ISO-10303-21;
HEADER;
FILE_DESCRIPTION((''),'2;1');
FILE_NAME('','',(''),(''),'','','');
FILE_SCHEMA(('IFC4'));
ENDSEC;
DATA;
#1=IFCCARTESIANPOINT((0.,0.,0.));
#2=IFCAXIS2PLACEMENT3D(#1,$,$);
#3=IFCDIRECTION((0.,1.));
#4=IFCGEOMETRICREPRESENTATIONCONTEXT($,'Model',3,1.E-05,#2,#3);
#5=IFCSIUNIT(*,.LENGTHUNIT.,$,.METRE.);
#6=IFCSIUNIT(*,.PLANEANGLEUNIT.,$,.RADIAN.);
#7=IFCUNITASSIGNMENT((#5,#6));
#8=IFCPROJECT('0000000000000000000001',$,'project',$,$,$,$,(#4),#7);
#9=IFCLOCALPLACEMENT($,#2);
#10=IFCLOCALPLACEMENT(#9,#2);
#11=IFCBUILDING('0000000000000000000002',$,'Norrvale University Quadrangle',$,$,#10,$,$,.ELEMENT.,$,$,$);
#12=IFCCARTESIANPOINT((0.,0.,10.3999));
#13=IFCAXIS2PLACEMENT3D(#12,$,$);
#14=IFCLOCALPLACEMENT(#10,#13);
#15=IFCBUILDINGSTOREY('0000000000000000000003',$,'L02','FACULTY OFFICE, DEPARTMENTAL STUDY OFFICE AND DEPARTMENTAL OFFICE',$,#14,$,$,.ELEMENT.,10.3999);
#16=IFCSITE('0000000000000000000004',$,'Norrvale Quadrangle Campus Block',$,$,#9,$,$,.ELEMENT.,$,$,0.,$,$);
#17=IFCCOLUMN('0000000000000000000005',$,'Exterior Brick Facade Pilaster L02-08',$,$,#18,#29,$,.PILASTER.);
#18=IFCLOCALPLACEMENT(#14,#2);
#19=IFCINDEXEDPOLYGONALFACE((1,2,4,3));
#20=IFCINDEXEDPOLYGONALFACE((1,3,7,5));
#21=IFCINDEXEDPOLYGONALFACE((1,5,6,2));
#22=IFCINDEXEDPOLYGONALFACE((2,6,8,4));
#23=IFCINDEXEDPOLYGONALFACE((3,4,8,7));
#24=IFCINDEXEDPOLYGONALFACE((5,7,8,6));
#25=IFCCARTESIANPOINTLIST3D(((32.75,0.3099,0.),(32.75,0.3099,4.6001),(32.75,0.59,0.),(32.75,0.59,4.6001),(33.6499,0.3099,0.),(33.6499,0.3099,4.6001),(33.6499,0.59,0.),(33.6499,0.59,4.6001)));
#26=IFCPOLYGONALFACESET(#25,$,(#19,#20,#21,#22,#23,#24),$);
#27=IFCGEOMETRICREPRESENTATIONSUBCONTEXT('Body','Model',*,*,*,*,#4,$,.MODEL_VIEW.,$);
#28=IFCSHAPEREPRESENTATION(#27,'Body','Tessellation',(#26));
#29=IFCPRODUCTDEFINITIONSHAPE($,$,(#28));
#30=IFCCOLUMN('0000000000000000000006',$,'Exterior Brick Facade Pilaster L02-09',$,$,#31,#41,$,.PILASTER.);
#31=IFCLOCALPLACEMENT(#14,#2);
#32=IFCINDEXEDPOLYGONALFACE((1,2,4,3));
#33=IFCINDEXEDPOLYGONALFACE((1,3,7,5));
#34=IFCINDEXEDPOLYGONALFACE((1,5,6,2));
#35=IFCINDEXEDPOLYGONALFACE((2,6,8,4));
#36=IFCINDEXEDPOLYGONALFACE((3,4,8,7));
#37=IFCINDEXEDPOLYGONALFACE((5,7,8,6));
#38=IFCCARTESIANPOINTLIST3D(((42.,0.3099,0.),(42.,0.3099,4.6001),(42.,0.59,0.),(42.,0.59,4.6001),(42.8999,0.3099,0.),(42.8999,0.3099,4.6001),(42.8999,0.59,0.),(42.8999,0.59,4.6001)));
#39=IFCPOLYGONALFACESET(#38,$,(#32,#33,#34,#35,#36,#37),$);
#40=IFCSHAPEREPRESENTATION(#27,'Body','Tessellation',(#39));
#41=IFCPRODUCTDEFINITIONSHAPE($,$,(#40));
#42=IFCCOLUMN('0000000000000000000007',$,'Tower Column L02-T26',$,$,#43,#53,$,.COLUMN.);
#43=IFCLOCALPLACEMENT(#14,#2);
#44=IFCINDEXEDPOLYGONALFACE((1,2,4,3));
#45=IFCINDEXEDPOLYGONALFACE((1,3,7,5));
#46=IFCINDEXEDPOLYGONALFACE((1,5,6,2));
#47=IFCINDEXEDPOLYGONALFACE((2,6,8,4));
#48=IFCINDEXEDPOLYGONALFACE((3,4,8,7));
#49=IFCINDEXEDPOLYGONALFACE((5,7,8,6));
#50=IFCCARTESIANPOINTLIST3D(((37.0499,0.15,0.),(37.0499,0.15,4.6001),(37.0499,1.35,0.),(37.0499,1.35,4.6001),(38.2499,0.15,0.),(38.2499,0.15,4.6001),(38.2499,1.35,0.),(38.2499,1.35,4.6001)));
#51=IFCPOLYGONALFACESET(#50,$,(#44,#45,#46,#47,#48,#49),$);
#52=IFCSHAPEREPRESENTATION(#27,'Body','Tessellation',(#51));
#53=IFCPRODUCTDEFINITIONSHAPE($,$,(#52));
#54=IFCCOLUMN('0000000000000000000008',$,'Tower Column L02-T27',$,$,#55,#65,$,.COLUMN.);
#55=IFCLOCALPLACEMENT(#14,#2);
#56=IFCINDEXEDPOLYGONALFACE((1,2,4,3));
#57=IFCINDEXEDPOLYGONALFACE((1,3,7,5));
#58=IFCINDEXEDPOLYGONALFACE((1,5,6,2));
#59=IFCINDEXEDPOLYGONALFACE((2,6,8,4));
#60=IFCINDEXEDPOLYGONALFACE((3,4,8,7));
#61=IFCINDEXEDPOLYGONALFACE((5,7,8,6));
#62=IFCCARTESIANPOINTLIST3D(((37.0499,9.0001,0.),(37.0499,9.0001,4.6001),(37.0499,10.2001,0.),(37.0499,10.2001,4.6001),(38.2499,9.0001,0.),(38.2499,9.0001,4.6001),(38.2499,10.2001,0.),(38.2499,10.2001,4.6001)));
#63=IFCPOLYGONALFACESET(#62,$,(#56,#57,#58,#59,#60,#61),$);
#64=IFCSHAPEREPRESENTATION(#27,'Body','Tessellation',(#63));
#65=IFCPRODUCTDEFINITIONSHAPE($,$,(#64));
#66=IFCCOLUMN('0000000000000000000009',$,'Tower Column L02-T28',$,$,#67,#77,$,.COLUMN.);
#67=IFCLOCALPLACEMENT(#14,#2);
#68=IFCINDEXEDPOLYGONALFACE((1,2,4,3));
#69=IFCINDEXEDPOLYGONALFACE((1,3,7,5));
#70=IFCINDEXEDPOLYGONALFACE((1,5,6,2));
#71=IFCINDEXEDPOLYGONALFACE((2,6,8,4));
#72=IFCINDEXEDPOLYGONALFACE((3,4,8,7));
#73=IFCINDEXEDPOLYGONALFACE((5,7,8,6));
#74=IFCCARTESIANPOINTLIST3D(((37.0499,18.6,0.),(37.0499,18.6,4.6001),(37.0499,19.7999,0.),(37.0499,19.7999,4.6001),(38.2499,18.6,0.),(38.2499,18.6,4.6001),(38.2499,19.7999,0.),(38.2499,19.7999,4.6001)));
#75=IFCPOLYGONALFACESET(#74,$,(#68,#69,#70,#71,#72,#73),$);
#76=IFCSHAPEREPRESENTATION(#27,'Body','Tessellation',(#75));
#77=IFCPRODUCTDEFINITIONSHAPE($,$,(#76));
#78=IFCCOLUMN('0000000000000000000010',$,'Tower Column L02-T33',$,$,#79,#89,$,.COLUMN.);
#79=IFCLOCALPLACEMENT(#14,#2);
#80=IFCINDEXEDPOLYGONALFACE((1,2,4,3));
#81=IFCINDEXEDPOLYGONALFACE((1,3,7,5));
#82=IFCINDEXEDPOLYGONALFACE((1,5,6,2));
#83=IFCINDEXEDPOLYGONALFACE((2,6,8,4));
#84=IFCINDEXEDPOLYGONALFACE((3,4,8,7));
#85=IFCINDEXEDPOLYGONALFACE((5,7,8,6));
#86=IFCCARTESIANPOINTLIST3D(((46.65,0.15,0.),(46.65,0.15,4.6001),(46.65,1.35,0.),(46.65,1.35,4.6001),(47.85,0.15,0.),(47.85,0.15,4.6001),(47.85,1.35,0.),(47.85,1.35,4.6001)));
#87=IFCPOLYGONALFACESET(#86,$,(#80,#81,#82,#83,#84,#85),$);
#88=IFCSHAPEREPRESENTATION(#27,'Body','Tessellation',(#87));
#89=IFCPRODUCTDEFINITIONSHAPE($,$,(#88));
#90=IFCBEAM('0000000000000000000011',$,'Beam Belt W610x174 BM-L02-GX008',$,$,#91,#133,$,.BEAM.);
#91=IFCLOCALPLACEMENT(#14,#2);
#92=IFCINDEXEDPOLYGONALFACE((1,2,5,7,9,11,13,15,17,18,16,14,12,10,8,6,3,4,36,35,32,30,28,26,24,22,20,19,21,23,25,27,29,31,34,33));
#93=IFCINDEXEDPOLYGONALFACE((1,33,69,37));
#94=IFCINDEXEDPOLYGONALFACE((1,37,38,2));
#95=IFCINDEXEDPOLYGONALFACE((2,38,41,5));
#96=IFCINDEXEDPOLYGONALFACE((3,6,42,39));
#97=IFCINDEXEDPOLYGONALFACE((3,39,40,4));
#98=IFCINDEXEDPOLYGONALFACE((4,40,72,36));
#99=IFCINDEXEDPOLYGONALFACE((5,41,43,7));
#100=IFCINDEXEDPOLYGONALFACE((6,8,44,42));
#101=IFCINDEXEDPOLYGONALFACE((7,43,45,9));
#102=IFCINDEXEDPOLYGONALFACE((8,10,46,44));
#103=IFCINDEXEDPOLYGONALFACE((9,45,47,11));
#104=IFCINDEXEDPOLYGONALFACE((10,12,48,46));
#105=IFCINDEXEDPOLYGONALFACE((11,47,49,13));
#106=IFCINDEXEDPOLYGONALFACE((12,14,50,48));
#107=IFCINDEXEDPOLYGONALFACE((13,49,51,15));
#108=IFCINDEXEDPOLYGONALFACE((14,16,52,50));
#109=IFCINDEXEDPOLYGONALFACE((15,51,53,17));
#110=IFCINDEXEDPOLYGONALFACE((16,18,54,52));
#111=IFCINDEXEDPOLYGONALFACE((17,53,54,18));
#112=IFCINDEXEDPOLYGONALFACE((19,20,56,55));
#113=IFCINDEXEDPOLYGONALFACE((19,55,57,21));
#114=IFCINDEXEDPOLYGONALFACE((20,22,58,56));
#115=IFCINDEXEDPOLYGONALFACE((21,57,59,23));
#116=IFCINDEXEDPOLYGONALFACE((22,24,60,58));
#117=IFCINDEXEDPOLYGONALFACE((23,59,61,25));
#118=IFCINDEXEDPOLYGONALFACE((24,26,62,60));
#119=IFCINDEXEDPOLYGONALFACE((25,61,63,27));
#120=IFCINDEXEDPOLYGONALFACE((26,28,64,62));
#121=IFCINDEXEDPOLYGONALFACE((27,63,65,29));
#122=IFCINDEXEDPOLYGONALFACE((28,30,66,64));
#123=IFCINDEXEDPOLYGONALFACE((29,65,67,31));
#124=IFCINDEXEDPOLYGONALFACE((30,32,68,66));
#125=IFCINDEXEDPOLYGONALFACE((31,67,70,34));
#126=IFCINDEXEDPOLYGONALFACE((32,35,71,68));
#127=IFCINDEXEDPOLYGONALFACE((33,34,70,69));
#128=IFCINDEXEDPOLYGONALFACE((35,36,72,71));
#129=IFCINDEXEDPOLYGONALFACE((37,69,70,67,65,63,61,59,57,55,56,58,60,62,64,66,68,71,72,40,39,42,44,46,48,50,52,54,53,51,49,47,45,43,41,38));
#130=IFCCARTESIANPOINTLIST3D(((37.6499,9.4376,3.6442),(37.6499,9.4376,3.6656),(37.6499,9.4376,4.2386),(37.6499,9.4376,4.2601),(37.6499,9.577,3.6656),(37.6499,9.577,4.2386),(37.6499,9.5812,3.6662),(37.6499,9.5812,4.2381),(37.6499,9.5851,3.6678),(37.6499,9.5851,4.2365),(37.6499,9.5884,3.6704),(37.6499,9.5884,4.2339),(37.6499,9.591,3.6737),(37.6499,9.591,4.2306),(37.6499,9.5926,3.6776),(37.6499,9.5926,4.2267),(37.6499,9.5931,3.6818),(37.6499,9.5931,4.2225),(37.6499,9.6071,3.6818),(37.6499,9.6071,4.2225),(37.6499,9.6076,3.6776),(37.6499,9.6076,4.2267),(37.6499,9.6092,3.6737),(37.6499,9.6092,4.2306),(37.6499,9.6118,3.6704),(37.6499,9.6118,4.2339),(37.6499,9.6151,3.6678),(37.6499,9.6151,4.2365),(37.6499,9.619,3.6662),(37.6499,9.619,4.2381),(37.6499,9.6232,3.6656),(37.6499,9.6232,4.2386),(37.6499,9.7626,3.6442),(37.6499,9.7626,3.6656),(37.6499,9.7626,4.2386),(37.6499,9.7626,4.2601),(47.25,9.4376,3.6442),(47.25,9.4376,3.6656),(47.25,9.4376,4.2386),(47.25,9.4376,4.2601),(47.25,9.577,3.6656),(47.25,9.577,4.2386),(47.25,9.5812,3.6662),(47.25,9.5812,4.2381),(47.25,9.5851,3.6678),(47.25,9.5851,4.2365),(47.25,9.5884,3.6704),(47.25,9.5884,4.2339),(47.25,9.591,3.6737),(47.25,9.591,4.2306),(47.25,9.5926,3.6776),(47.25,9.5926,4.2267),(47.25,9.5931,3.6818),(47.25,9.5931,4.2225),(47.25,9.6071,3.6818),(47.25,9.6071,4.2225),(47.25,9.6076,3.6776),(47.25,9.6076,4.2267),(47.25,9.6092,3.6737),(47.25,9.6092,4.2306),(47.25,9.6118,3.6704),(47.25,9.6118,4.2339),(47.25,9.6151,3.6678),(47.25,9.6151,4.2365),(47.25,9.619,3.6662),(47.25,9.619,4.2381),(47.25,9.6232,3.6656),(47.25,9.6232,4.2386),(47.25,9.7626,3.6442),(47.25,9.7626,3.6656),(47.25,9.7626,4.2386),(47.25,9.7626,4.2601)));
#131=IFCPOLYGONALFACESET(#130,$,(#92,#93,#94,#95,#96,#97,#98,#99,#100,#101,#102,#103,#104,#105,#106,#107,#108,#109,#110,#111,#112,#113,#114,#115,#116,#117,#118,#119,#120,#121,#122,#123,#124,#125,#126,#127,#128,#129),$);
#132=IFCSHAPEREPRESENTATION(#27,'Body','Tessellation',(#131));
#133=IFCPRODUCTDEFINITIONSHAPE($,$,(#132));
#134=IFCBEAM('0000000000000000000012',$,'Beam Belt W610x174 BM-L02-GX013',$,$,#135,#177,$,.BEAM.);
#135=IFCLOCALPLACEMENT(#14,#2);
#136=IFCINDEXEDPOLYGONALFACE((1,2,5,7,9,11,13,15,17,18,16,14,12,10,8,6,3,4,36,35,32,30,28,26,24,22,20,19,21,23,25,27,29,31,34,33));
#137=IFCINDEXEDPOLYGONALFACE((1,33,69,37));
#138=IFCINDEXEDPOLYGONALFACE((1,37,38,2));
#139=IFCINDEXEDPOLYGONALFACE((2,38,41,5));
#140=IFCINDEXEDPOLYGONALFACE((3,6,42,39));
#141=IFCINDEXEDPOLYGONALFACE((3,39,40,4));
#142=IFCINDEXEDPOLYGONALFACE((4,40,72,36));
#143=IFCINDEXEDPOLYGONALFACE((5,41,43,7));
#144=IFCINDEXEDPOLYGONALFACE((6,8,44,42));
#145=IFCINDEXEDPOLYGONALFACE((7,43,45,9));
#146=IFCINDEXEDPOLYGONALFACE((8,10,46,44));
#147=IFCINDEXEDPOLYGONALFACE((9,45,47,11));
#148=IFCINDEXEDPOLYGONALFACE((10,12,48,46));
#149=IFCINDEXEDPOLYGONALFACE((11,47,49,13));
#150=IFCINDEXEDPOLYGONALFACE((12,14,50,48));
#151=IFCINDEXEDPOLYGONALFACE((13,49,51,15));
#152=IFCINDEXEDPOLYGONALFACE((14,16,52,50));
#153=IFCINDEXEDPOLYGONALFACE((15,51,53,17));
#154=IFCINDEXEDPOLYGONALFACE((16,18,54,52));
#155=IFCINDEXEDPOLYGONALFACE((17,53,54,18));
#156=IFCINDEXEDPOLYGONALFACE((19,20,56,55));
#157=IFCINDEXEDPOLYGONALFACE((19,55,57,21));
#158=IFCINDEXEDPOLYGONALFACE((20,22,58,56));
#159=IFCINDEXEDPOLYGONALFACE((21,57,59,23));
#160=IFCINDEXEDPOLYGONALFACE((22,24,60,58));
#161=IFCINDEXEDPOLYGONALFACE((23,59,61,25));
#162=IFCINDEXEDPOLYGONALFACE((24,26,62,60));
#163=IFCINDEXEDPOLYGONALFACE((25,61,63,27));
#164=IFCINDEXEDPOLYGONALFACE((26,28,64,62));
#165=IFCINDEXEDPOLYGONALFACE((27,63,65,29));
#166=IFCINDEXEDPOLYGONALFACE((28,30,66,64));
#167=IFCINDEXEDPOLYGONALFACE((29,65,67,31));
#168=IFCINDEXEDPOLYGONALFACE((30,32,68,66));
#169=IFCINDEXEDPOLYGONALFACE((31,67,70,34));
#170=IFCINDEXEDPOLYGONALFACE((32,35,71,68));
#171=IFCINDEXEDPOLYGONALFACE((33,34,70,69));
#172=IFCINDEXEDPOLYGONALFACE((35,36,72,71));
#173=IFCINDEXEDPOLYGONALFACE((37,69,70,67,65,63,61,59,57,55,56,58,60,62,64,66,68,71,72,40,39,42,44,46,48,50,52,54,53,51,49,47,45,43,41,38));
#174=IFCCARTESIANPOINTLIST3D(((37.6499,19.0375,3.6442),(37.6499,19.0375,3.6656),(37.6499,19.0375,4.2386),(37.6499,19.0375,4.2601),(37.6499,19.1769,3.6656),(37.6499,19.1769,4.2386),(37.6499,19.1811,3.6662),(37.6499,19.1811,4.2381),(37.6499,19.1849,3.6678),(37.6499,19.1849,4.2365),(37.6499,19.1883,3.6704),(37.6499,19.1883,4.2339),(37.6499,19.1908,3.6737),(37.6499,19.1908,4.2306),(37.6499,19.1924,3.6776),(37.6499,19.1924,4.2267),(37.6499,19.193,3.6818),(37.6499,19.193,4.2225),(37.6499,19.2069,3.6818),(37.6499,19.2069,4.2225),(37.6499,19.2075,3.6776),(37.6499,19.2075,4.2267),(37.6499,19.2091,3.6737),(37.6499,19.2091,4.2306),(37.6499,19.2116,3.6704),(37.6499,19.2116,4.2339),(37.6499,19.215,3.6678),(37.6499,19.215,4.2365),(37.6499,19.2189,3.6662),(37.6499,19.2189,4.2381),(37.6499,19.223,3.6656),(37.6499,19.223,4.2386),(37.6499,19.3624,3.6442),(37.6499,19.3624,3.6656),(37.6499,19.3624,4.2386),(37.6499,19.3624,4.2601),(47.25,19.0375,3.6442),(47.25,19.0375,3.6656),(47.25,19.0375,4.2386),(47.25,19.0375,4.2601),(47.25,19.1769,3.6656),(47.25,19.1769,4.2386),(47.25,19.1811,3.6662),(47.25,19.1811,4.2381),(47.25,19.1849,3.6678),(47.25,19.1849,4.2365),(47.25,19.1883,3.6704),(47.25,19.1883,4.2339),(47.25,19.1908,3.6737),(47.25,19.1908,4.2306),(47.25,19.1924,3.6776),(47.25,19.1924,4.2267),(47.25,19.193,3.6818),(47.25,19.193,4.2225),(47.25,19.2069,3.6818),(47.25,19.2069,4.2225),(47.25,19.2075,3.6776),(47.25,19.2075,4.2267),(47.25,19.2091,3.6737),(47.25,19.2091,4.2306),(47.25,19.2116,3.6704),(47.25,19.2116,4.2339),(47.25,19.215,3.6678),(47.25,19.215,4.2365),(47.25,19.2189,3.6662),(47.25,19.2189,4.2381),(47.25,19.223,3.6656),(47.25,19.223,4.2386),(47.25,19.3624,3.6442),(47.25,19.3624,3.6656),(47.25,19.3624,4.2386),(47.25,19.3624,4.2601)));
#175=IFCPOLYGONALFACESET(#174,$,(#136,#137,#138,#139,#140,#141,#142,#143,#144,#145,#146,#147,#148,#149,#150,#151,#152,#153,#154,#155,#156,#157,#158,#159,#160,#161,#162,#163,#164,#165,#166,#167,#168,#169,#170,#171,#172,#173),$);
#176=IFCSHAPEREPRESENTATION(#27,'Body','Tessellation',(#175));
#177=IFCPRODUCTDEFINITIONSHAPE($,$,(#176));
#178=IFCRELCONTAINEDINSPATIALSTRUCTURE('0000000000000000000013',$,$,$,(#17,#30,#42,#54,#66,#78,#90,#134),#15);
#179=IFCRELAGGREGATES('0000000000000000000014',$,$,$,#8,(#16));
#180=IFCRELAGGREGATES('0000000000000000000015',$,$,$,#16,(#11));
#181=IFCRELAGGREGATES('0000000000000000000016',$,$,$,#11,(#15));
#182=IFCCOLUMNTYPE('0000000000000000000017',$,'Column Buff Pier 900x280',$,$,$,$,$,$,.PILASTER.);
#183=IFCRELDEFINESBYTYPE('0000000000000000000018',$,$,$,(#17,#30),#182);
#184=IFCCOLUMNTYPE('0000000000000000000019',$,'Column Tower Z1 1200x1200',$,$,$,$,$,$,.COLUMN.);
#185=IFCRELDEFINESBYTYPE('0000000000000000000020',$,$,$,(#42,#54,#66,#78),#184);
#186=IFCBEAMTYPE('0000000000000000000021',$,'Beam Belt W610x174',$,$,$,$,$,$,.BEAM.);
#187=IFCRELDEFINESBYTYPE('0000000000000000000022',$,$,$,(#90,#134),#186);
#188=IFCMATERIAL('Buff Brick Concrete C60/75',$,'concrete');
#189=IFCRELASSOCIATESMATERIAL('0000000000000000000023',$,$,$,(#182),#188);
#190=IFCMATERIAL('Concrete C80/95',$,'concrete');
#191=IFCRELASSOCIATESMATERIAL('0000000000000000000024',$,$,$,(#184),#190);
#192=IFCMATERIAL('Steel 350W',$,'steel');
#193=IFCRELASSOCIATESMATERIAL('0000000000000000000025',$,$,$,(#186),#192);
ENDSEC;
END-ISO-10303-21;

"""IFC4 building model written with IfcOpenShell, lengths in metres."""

from ifc_helpers import new_model, si_unit, direction, frame, origin, origin_2d, place, context, subcontext, project, spatial, rectangle, i_section, extrude, material, material_profile, profile_set, type_object, element, save


model = new_model("IFC4")

# Units and contexts
model_context = context("Model", 3, precision=1e-05, world=origin(), true_north=direction((0.0, 1.0)))
body_context = subcontext(model_context, "Body", "Model", "MODEL_VIEW")
ifc_project = project(units=[si_unit("LENGTHUNIT", "METRE"), si_unit("PLANEANGLEUNIT", "RADIAN")], contexts=[model_context])

# Site, building, storey
site_placement = place(None, origin())
site = spatial("IfcSite", under=ifc_project, at=site_placement, Name="Norrvale Quadrangle Campus Block", CompositionType="ELEMENT", RefElevation=0.0)
building_placement = place(site_placement, origin())
building = spatial("IfcBuilding", under=site, at=building_placement, Name="Norrvale University Quadrangle", CompositionType="ELEMENT")
storey_placement = place(building_placement, frame((0.0, 0.0, 10.3999)))
storey = spatial("IfcBuildingStorey", under=building, at=storey_placement, Name="L02", Description="FACULTY OFFICE, DEPARTMENTAL STUDY OFFICE AND DEPARTMENTAL OFFICE", CompositionType="ELEMENT", Elevation=10.3999)

# Columns
ifc_material_1 = material(Name="Buff Brick Concrete C60/75", Category="concrete")
ifc_material_profile_1 = material_profile(ifc_material_1, rectangle(XDim=0.8999, YDim=0.28, at=origin_2d()), Name="Buff Brick Concrete C60/75")
ifc_profile_set_1 = profile_set([ifc_material_profile_1], Name="Buff Brick Concrete C60/75")
column_type_1 = type_object("IfcColumnType", Name="Column Buff Pier 900x280", PredefinedType="PILASTER", material=ifc_profile_set_1)
for number, where, z_axis, x_axis, name in (
    (1, (33.2, 0.45, 0.0), (0.0, 0.0, 1.0), (1.0, 0.0, 0.0), "Exterior Brick Facade Pilaster L02-08"),
    (2, (42.45, 0.45, 0.0), (0.0, 0.0, 1.0), (1.0, 0.0, 0.0), "Exterior Brick Facade Pilaster L02-09"),
):
    element("IfcColumn", number, at=place(storey_placement, frame(where, z_axis=z_axis, x_axis=x_axis)), inside=storey, type_object=column_type_1, Name=name, PredefinedType="PILASTER", context=body_context, shape_type="SweptSolid", body=[
        extrude(rectangle(XDim=0.8999, YDim=0.28, at=origin_2d()), origin(), (0.0, 0.0, 1.0), 4.6001),
    ])
ifc_material_2 = material(Name="Concrete C80/95", Category="concrete")
ifc_material_profile_2 = material_profile(ifc_material_2, rectangle(XDim=1.2, YDim=1.2, at=origin_2d()), Name="Concrete C80/95")
ifc_profile_set_2 = profile_set([ifc_material_profile_2], Name="Concrete C80/95")
column_type_2 = type_object("IfcColumnType", Name="Column Tower Z1 1200x1200", PredefinedType="COLUMN", material=ifc_profile_set_2)
for number, where, z_axis, x_axis, name in (
    (3, (37.6499, 0.75, 0.0), (0.0, 0.0, 1.0), (1.0, 0.0, 0.0), "Tower Column L02-T26"),
    (4, (37.6499, 9.6001, 0.0), (0.0, 0.0, 1.0), (1.0, 0.0, 0.0), "Tower Column L02-T27"),
    (5, (37.6499, 19.2, 0.0), (0.0, 0.0, 1.0), (1.0, 0.0, 0.0), "Tower Column L02-T28"),
    (6, (47.25, 0.75, 0.0), (0.0, 0.0, 1.0), (1.0, 0.0, 0.0), "Tower Column L02-T33"),
):
    element("IfcColumn", number, at=place(storey_placement, frame(where, z_axis=z_axis, x_axis=x_axis)), inside=storey, type_object=column_type_2, Name=name, PredefinedType="COLUMN", context=body_context, shape_type="SweptSolid", body=[
        extrude(rectangle(XDim=1.2, YDim=1.2, at=origin_2d()), origin(), (0.0, 0.0, 1.0), 4.6001),
    ])

# Beams
ifc_material_3 = material(Name="Steel 350W", Category="steel")
ifc_material_profile_3 = material_profile(ifc_material_3, i_section(OverallWidth=0.325, OverallDepth=0.616, WebThickness=0.0139, FlangeThickness=0.0215, FilletRadius=0.0161, at=origin_2d()), Name="Steel 350W")
ifc_profile_set_3 = profile_set([ifc_material_profile_3], Name="Steel 350W")
beam_type_1 = type_object("IfcBeamType", Name="Beam Belt W610x174", PredefinedType="BEAM", material=ifc_profile_set_3)
for number, where, z_axis, x_axis, name in (
    (7, (37.6499, 9.6001, 3.9521), (1.0, 0.0, 0.0), (0.0, 1.0, 0.0), "Beam Belt W610x174 BM-L02-GX008"),
    (8, (37.6499, 19.2, 3.9521), (1.0, 0.0, 0.0), (0.0, 1.0, 0.0), "Beam Belt W610x174 BM-L02-GX013"),
):
    element("IfcBeam", number, at=place(storey_placement, frame(where, z_axis=z_axis, x_axis=x_axis)), inside=storey, type_object=beam_type_1, Name=name, PredefinedType="BEAM", context=body_context, shape_type="SweptSolid", body=[
        extrude(i_section(OverallWidth=0.325, OverallDepth=0.616, WebThickness=0.0139, FlangeThickness=0.0215, FilletRadius=0.0161, at=origin_2d()), origin(), (0.0, 0.0, 1.0), 9.6001),
    ])

save(model, "model.ifc")
